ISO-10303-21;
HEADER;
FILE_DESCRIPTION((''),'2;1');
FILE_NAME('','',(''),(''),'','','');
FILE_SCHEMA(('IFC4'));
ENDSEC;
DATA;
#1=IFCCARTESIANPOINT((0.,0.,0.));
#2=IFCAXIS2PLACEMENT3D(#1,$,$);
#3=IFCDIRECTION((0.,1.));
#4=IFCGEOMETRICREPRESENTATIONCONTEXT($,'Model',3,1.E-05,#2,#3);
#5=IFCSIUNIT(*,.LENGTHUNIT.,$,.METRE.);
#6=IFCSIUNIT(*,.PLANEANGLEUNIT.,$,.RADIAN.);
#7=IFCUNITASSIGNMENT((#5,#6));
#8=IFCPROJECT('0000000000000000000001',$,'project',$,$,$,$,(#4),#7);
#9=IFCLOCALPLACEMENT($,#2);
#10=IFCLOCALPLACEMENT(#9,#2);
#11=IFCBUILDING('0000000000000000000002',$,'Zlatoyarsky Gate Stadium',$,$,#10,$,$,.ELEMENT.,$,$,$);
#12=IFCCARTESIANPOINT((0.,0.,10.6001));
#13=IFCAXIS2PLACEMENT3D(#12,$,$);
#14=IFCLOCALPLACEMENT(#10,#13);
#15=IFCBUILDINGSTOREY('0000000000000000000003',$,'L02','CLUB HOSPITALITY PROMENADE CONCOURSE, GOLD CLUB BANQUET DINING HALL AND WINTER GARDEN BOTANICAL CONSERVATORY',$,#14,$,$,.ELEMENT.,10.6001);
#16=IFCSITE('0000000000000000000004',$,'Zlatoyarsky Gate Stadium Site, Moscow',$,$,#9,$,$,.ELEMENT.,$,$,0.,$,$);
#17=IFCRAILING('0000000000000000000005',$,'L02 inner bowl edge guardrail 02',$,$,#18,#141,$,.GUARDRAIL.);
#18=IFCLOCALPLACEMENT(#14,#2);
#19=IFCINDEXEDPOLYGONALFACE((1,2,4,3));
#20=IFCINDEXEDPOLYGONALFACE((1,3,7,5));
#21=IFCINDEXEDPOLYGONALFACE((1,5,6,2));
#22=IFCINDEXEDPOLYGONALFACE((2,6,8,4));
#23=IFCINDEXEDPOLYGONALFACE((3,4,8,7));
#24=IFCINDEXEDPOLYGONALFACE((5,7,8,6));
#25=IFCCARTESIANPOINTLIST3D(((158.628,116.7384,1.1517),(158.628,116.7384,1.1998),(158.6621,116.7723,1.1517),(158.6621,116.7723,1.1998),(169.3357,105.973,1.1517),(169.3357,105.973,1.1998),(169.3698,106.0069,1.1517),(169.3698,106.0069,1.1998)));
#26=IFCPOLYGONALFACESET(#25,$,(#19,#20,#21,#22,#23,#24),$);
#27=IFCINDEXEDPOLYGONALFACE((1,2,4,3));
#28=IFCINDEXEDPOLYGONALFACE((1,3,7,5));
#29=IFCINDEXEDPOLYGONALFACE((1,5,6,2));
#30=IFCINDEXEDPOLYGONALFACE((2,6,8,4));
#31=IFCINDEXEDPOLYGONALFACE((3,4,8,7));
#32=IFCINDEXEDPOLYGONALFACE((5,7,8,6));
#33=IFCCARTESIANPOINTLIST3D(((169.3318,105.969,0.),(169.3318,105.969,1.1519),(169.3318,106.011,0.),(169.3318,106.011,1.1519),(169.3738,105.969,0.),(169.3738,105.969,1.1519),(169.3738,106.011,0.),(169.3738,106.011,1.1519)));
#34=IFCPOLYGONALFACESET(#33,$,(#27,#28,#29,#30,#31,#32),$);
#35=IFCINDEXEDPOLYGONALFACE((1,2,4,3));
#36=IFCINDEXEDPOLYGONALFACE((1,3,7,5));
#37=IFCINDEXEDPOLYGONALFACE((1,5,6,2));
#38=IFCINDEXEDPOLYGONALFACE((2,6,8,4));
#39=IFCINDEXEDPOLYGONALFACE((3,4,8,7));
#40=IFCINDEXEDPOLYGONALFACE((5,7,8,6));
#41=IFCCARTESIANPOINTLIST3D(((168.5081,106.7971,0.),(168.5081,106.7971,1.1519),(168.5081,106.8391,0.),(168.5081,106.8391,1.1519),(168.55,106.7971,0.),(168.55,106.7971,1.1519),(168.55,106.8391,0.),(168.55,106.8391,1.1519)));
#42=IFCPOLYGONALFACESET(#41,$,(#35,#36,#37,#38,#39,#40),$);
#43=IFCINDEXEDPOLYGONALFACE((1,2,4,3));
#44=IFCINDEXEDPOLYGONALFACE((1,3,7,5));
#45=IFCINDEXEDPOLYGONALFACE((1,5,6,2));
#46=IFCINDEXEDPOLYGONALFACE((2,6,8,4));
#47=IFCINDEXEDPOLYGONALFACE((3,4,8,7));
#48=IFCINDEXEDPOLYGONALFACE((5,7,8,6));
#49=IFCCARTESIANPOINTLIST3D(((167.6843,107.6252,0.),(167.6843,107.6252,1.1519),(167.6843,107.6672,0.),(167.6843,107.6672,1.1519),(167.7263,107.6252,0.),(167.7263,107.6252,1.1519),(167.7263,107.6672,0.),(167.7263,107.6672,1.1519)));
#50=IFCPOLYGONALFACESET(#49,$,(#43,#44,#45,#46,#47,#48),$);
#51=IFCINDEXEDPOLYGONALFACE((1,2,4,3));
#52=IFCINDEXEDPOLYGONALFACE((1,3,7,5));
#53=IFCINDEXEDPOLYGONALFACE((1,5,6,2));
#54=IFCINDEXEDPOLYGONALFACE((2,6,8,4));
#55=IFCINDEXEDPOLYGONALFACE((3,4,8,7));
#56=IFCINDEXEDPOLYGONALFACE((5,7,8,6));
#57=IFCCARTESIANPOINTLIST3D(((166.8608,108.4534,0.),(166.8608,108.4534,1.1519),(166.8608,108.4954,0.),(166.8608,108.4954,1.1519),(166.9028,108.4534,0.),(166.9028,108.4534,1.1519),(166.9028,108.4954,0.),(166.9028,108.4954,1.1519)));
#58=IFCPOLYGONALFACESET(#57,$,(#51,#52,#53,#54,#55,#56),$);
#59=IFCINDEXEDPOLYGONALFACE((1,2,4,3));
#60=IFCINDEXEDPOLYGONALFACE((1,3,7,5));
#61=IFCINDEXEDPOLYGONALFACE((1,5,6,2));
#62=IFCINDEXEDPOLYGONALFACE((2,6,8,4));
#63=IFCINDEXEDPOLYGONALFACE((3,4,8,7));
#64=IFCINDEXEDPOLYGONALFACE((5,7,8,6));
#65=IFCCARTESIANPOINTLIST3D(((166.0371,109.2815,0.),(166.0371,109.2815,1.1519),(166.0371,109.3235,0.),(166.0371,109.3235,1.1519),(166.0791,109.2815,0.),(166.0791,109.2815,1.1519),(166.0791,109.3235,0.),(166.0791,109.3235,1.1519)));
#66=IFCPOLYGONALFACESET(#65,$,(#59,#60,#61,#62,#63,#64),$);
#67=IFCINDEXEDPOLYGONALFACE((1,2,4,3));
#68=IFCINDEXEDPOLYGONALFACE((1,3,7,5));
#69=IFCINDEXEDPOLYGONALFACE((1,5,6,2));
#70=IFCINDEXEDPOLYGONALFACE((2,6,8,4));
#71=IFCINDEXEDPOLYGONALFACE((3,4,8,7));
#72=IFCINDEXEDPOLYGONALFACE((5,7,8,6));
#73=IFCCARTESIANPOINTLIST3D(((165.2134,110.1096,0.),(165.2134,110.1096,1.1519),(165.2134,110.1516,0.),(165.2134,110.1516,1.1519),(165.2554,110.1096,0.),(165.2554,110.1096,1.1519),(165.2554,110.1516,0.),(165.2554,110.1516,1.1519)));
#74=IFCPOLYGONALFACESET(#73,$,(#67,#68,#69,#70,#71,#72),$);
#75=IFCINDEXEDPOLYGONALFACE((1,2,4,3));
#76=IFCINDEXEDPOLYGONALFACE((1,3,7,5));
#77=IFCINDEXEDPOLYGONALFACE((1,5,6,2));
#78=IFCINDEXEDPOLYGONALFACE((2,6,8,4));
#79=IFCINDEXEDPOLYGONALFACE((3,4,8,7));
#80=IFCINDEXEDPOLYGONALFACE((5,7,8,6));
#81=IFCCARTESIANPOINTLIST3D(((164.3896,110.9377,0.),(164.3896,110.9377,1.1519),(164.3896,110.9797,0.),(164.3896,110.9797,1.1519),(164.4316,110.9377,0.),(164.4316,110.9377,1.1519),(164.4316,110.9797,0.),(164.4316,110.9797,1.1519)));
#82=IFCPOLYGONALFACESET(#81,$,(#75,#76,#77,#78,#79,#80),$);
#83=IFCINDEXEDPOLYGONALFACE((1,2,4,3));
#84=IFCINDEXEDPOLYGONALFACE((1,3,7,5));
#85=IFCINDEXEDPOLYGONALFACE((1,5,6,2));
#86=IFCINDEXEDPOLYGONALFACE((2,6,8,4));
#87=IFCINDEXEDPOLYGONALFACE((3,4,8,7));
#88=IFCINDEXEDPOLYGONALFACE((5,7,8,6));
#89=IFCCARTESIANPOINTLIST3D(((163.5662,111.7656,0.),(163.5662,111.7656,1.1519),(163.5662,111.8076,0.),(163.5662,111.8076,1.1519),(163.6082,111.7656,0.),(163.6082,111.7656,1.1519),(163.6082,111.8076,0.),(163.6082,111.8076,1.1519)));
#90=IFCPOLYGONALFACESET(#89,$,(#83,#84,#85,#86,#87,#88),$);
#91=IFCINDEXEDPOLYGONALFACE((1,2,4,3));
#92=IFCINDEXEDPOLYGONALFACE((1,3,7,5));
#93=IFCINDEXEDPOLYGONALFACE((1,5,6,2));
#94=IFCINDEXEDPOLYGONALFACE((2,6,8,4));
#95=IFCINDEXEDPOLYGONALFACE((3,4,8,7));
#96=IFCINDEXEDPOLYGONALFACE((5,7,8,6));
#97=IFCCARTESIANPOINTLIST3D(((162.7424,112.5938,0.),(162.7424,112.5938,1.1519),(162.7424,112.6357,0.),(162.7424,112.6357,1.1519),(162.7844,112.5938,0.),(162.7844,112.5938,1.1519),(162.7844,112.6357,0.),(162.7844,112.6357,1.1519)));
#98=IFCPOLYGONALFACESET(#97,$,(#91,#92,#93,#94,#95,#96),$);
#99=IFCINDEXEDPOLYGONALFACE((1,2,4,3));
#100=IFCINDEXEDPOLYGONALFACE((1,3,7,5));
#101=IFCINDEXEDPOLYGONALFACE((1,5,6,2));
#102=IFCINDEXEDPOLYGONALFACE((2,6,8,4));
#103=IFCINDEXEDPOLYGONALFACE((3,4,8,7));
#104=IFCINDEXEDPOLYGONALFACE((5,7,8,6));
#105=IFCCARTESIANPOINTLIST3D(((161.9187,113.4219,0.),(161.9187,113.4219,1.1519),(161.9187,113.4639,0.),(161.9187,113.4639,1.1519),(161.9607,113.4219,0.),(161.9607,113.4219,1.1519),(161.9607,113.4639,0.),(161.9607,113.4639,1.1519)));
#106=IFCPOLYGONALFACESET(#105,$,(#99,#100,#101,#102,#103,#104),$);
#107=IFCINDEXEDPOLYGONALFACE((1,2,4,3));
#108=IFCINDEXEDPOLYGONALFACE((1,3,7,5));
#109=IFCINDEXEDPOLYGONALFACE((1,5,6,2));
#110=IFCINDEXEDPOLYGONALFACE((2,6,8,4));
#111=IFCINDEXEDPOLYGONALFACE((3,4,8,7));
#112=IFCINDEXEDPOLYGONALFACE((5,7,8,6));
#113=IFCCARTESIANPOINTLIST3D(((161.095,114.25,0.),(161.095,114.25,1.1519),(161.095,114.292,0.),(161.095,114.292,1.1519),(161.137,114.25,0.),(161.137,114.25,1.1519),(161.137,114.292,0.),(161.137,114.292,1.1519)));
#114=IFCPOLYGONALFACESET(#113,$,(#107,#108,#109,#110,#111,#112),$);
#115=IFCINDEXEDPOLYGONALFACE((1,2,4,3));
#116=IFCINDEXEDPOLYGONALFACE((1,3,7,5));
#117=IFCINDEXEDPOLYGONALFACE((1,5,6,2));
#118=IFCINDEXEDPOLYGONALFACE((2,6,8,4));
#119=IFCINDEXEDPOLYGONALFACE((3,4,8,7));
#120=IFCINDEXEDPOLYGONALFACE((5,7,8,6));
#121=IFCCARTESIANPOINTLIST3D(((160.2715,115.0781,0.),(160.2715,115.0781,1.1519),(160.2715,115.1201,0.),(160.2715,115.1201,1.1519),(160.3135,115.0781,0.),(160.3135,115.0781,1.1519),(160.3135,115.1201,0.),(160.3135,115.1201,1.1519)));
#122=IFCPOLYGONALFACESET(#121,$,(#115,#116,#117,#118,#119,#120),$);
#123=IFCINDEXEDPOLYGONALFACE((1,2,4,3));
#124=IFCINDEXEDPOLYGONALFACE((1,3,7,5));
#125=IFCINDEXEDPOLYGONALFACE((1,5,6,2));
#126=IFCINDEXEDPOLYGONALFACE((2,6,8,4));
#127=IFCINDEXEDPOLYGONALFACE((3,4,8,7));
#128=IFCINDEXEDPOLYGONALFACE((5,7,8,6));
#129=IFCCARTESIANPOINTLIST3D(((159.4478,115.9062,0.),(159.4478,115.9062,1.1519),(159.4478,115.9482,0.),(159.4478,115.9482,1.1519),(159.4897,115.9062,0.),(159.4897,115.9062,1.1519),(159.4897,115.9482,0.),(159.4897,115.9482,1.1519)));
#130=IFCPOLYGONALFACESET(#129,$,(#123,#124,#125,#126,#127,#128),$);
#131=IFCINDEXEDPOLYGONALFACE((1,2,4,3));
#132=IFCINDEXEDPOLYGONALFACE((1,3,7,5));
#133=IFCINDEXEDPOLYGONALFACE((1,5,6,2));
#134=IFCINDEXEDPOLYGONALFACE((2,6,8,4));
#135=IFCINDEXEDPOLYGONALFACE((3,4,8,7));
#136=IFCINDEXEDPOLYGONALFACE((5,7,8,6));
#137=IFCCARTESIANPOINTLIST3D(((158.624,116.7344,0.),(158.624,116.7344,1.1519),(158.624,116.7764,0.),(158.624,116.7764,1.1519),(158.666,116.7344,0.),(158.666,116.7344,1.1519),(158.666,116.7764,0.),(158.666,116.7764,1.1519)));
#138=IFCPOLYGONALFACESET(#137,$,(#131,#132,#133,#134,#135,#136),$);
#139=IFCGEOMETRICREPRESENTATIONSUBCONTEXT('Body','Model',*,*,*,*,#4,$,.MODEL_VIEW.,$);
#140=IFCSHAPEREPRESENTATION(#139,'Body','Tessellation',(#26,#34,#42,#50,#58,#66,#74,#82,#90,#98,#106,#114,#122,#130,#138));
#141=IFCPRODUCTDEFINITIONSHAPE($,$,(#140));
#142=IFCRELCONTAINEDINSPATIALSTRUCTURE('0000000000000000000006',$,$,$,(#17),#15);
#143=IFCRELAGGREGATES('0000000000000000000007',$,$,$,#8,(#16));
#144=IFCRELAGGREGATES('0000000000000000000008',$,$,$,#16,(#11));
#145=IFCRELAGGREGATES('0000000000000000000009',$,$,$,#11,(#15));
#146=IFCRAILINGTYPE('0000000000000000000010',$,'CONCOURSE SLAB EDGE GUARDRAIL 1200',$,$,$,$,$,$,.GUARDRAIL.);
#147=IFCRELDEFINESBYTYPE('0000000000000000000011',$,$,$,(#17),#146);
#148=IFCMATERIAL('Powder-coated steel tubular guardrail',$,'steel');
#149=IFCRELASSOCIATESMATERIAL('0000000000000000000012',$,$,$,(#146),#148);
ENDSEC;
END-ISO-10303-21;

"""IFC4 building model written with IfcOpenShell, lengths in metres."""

from ifc_helpers import new_model, si_unit, direction, frame, origin, origin_2d, place, context, subcontext, project, spatial, rectangle, extrude, material, type_object, element, save


model = new_model("IFC4")

# Units and contexts
model_context = context("Model", 3, precision=1e-05, world=origin(), true_north=direction((0.0, 1.0)))
body_context = subcontext(model_context, "Body", "Model", "MODEL_VIEW")
ifc_project = project(units=[si_unit("LENGTHUNIT", "METRE"), si_unit("PLANEANGLEUNIT", "RADIAN")], contexts=[model_context])

# Site, building, storey
site_placement = place(None, origin())
site = spatial("IfcSite", under=ifc_project, at=site_placement, Name="Zlatoyarsky Gate Stadium Site, Moscow", CompositionType="ELEMENT", RefElevation=0.0)
building_placement = place(site_placement, origin())
building = spatial("IfcBuilding", under=site, at=building_placement, Name="Zlatoyarsky Gate Stadium", CompositionType="ELEMENT")
storey_placement = place(building_placement, frame((0.0, 0.0, 10.6001)))
storey = spatial("IfcBuildingStorey", under=building, at=storey_placement, Name="L02", Description="CLUB HOSPITALITY PROMENADE CONCOURSE, GOLD CLUB BANQUET DINING HALL AND WINTER GARDEN BOTANICAL CONSERVATORY", CompositionType="ELEMENT", Elevation=10.6001)

# Railing
ifc_material_1 = material(Name="Powder-coated steel tubular guardrail", Category="steel")
railing_type = type_object("IfcRailingType", Name="CONCOURSE SLAB EDGE GUARDRAIL 1200", PredefinedType="GUARDRAIL", material=ifc_material_1)
railing_1_placement = place(storey_placement, frame((169.3528, 105.99, 0.0)))
element("IfcRailing", 1, at=railing_1_placement, inside=storey, type_object=railing_type, Name="L02 inner bowl edge guardrail 02", PredefinedType="GUARDRAIL", context=body_context, shape_type="SweptSolid", body=[
    extrude(rectangle(XDim=0.0481, YDim=0.0481, at=origin_2d()), frame((0.0, 0.0, 1.1758), z_axis=(-0.705207, 0.709002, 0.0), x_axis=(-0.709002, -0.705207, 0.0)), (0.0, 0.0, 1.0), 15.1838),
    extrude(rectangle(XDim=0.042, YDim=0.042, at=origin_2d()), origin(), (0.0, 0.0, 1.0), 1.1519),
    extrude(rectangle(XDim=0.042, YDim=0.042, at=origin_2d()), frame((-0.8237, 0.8281, 0.0)), (0.0, 0.0, 1.0), 1.1519),
    extrude(rectangle(XDim=0.042, YDim=0.042, at=origin_2d()), frame((-1.6475, 1.6562, 0.0)), (0.0, 0.0, 1.0), 1.1519),
    extrude(rectangle(XDim=0.042, YDim=0.042, at=origin_2d()), frame((-2.4709, 2.4844, 0.0)), (0.0, 0.0, 1.0), 1.1519),
    extrude(rectangle(XDim=0.042, YDim=0.042, at=origin_2d()), frame((-3.2947, 3.3125, 0.0)), (0.0, 0.0, 1.0), 1.1519),
    extrude(rectangle(XDim=0.042, YDim=0.042, at=origin_2d()), frame((-4.1184, 4.1406, 0.0)), (0.0, 0.0, 1.0), 1.1519),
    extrude(rectangle(XDim=0.042, YDim=0.042, at=origin_2d()), frame((-4.9421, 4.9688, 0.0)), (0.0, 0.0, 1.0), 1.1519),
    extrude(rectangle(XDim=0.042, YDim=0.042, at=origin_2d()), frame((-5.7656, 5.7966, 0.0)), (0.0, 0.0, 1.0), 1.1519),
    extrude(rectangle(XDim=0.042, YDim=0.042, at=origin_2d()), frame((-6.5894, 6.6248, 0.0)), (0.0, 0.0, 1.0), 1.1519),
    extrude(rectangle(XDim=0.042, YDim=0.042, at=origin_2d()), frame((-7.4131, 7.4529, 0.0)), (0.0, 0.0, 1.0), 1.1519),
    extrude(rectangle(XDim=0.042, YDim=0.042, at=origin_2d()), frame((-8.2368, 8.281, 0.0)), (0.0, 0.0, 1.0), 1.1519),
    extrude(rectangle(XDim=0.042, YDim=0.042, at=origin_2d()), frame((-9.0603, 9.1091, 0.0)), (0.0, 0.0, 1.0), 1.1519),
    extrude(rectangle(XDim=0.042, YDim=0.042, at=origin_2d()), frame((-9.884, 9.9373, 0.0)), (0.0, 0.0, 1.0), 1.1519),
    extrude(rectangle(XDim=0.042, YDim=0.042, at=origin_2d()), frame((-10.7078, 10.7654, 0.0)), (0.0, 0.0, 1.0), 1.1519),
])

save(model, "model.ifc")
